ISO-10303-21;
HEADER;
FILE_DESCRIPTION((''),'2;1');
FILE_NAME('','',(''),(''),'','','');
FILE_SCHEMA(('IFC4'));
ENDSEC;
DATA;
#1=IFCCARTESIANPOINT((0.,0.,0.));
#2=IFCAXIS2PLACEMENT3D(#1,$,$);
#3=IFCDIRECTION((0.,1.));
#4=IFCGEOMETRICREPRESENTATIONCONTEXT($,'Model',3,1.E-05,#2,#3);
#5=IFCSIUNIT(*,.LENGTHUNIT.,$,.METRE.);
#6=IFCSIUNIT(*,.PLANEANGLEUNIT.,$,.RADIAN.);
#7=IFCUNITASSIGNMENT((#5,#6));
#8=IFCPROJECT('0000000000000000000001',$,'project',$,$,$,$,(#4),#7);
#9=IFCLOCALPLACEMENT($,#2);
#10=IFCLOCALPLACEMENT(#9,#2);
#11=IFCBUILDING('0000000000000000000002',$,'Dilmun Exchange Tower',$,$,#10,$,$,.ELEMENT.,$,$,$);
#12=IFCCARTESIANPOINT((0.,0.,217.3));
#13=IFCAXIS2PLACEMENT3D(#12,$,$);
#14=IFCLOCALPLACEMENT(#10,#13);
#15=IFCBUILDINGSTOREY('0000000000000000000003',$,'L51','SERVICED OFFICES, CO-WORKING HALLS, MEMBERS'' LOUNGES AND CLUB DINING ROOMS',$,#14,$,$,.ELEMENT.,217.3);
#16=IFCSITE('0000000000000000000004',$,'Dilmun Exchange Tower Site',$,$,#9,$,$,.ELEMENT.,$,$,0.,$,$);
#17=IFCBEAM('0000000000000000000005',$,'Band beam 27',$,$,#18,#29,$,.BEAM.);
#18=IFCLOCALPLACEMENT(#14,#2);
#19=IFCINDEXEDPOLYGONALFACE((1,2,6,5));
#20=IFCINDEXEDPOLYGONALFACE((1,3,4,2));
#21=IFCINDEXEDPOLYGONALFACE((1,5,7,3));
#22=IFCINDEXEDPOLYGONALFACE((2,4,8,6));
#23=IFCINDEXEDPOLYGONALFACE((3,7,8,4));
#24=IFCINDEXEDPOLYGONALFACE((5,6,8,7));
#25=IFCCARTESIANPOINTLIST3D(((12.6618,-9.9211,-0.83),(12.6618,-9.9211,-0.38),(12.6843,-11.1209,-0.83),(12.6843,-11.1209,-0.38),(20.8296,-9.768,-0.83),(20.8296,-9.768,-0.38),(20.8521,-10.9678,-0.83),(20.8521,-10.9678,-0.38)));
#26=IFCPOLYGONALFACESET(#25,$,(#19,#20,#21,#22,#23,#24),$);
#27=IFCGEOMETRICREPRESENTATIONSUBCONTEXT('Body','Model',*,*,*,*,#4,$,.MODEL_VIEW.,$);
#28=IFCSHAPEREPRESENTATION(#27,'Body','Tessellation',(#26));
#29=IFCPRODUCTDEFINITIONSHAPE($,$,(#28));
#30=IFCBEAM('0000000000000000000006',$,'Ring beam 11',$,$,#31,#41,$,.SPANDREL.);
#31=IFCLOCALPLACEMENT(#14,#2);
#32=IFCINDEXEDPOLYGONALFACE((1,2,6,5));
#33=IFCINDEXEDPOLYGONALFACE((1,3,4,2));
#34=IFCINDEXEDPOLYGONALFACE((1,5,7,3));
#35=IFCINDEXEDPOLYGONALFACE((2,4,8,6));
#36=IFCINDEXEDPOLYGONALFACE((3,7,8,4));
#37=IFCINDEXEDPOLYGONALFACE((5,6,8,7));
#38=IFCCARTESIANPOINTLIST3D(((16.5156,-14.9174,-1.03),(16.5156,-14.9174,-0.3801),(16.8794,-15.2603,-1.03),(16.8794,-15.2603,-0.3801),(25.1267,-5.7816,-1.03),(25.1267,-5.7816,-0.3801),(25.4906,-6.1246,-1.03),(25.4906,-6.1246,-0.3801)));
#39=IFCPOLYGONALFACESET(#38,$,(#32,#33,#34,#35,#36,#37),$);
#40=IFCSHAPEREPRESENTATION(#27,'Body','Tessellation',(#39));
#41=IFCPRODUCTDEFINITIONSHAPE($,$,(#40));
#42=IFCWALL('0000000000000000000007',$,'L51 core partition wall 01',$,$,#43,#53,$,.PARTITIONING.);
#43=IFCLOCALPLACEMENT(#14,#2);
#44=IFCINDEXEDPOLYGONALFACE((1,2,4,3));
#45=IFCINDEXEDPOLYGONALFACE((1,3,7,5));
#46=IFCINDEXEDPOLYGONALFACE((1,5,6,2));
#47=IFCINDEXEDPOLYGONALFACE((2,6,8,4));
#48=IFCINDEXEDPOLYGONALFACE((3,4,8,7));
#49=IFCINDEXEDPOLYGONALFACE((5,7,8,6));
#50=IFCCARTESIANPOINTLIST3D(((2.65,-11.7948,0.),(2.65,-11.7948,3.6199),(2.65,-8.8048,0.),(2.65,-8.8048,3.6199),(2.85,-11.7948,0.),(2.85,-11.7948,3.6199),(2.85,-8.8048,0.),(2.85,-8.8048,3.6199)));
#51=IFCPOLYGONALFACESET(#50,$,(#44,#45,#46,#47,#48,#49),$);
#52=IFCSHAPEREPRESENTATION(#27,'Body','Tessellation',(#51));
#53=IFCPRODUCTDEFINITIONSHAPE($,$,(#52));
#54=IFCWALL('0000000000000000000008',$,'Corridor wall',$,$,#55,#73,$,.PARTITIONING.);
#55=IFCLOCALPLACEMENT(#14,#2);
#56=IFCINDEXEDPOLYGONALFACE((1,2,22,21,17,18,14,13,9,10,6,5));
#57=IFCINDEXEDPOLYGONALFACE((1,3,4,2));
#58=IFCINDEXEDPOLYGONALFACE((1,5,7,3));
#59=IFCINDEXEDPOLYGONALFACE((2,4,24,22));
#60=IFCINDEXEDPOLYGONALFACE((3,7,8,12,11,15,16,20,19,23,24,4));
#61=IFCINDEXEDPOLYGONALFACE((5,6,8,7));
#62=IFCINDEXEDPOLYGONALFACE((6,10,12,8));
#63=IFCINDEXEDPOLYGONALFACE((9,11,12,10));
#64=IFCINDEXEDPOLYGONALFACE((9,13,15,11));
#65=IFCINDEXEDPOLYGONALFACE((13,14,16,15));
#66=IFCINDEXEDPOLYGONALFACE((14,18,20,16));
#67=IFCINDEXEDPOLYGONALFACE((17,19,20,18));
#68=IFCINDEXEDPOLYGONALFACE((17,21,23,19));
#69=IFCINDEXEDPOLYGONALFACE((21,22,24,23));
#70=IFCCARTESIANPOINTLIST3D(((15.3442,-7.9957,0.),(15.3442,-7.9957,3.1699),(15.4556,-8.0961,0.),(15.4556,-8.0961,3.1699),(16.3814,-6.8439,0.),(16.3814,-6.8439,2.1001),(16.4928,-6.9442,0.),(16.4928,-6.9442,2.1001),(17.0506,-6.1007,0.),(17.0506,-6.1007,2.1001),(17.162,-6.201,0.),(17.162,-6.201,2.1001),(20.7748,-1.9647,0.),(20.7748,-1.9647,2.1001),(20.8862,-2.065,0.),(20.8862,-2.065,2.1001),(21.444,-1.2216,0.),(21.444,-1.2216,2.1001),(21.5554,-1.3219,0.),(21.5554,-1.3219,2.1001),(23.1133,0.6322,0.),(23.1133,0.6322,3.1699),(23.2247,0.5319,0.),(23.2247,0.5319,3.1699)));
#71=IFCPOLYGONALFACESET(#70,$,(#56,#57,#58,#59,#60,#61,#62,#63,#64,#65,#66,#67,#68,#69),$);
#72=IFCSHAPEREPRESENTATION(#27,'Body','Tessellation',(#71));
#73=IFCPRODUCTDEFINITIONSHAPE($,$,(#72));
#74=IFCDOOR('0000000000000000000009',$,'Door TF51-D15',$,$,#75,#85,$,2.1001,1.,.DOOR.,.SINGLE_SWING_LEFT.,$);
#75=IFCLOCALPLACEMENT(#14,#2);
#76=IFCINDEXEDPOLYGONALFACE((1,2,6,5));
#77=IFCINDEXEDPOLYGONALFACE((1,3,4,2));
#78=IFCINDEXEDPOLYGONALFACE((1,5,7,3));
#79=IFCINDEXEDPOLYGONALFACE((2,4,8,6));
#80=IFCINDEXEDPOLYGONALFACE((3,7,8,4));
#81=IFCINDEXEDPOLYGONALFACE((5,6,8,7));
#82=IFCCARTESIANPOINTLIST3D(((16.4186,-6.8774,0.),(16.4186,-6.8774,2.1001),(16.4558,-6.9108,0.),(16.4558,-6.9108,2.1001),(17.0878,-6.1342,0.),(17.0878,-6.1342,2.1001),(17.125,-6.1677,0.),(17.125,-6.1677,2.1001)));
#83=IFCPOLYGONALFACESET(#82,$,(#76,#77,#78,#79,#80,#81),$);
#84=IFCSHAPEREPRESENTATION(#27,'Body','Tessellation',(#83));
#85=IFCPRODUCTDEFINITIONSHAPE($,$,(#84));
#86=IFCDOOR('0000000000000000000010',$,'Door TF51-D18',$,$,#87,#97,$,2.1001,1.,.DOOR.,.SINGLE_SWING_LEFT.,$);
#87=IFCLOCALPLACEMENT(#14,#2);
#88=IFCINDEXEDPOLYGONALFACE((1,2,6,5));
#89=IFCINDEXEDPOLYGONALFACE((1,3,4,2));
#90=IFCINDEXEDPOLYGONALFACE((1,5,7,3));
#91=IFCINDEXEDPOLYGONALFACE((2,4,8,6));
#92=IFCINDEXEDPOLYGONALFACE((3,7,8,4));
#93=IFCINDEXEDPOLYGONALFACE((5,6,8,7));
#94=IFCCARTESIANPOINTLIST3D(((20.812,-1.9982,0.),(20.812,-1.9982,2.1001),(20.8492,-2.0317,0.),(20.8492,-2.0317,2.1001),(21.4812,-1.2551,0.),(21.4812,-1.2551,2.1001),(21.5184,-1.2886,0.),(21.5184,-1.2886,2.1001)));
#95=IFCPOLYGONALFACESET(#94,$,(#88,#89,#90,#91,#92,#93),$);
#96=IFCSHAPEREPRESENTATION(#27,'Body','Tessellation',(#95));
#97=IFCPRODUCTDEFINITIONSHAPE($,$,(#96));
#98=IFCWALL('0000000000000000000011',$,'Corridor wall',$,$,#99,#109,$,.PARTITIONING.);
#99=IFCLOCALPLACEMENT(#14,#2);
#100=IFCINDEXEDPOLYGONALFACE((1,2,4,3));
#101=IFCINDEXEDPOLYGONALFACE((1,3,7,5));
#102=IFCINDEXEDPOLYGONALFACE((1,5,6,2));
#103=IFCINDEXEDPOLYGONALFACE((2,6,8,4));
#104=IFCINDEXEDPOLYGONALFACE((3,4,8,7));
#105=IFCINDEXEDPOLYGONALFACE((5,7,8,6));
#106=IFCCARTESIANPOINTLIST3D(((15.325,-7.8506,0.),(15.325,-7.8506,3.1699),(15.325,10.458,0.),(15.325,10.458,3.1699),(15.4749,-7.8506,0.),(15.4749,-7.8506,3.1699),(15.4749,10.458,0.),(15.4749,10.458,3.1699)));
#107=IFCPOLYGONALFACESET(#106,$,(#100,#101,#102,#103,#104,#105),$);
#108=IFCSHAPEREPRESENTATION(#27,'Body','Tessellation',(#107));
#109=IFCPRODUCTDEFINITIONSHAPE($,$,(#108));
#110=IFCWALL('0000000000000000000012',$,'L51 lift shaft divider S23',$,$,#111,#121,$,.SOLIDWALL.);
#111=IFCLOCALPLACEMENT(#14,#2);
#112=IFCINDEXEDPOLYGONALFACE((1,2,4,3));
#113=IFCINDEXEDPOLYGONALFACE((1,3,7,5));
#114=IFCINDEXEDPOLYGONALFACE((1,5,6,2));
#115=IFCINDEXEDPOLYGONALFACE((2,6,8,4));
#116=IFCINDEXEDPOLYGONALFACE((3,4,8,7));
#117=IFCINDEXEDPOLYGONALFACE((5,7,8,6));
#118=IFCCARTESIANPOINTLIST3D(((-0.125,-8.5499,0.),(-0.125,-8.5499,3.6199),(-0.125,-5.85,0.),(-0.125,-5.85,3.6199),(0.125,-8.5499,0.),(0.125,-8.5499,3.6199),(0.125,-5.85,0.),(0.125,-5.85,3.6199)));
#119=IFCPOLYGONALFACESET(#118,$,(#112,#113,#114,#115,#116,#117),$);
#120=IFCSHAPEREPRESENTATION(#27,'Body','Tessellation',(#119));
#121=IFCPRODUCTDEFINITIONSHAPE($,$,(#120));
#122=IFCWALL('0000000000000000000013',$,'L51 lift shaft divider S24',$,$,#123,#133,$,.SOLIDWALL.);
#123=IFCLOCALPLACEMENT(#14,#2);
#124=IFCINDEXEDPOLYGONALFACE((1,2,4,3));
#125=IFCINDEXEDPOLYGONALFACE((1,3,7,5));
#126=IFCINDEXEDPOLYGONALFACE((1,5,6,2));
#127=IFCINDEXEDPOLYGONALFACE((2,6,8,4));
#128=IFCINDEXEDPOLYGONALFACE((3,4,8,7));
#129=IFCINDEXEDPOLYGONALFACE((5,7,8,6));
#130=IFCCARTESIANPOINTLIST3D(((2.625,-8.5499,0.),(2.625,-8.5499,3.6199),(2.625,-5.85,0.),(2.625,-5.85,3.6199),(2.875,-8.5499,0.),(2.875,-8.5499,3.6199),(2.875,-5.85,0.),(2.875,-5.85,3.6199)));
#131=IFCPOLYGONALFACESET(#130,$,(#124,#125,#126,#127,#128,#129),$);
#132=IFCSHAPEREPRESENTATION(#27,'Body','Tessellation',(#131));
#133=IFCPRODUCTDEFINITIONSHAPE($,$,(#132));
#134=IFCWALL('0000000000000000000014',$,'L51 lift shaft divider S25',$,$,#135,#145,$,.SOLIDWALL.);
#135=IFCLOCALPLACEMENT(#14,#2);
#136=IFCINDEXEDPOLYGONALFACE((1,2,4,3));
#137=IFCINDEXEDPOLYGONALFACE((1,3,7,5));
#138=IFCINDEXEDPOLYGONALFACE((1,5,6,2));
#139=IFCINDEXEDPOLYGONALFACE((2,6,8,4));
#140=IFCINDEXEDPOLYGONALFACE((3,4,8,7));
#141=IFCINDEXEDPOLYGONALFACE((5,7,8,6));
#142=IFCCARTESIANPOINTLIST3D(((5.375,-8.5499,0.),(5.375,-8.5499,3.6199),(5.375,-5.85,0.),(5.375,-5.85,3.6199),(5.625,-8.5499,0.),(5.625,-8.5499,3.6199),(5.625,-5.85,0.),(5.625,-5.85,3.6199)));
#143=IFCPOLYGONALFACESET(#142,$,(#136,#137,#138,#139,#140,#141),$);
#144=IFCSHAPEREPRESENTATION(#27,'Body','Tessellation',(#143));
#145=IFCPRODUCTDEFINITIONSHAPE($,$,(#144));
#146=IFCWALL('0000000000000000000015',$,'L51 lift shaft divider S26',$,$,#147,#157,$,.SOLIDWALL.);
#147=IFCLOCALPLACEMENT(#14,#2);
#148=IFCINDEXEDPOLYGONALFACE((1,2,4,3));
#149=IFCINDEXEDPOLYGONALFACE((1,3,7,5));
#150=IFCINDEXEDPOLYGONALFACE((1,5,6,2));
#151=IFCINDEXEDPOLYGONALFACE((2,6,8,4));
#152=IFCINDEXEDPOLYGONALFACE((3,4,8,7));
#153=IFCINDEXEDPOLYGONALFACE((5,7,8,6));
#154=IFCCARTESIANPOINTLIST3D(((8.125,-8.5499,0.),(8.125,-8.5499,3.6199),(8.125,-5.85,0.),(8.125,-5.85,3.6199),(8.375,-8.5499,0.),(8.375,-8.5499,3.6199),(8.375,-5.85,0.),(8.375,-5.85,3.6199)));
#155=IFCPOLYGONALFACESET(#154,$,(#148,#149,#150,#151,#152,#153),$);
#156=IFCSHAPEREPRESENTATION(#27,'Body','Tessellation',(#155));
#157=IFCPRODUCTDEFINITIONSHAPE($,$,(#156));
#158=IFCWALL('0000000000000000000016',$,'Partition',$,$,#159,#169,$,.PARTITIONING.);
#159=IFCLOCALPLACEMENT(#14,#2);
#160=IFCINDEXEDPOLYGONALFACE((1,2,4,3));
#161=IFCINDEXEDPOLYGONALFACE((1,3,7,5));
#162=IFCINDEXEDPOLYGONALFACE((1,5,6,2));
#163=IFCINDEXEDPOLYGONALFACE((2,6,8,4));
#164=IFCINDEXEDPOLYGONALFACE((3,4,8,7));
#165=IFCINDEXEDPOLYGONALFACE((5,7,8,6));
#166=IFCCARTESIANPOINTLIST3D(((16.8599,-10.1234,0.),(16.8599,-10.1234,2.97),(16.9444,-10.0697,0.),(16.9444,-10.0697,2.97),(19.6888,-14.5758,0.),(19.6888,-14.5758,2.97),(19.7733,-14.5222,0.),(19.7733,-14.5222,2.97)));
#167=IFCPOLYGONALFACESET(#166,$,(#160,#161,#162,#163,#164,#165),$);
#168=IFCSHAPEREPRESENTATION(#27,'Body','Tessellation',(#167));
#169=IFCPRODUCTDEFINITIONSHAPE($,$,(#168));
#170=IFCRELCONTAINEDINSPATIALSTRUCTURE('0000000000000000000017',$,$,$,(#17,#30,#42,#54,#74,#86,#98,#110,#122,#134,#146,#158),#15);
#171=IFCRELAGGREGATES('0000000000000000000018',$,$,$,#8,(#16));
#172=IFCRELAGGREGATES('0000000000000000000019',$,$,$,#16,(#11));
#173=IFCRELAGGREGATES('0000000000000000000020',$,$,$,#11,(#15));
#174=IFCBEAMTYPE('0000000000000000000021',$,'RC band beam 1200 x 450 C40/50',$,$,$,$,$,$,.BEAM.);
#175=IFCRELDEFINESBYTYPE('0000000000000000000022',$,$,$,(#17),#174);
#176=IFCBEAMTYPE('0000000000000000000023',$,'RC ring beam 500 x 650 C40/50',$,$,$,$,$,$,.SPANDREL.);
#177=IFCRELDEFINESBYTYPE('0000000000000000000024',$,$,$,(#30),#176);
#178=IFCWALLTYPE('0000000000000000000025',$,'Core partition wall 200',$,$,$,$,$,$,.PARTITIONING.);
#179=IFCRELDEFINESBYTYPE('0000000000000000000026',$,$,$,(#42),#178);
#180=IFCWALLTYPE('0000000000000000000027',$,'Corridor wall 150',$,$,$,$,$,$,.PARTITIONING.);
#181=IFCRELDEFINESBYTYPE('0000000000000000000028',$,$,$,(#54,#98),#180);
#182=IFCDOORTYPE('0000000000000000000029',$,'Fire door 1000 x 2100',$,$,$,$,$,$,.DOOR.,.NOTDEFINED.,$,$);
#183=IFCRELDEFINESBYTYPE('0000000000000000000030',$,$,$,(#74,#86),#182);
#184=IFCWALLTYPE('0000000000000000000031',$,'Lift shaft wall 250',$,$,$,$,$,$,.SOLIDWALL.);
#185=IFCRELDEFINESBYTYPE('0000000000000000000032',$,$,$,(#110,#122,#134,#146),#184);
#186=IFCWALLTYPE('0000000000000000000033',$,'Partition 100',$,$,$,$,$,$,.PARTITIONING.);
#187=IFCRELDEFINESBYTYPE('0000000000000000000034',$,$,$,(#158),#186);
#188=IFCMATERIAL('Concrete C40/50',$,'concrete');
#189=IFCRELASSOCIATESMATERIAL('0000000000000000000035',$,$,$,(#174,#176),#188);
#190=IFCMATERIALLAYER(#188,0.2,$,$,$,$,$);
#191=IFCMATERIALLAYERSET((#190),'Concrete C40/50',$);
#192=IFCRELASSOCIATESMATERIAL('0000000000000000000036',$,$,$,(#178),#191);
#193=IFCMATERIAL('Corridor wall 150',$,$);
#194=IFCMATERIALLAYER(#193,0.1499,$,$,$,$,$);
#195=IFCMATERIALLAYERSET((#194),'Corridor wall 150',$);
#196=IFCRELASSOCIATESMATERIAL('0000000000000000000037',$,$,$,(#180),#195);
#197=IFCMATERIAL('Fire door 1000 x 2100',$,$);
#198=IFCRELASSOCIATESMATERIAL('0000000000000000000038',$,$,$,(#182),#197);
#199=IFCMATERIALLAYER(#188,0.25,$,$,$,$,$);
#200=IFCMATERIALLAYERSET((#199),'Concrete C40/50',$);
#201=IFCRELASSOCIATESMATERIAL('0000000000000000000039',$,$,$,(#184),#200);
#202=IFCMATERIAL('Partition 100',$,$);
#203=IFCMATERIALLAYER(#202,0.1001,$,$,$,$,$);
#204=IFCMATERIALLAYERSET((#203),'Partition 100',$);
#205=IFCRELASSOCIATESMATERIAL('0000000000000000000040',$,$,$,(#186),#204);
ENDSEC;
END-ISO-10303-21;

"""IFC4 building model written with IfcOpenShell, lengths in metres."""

from ifc_helpers import new_model, si_unit, direction, frame, frame_2d, origin, origin_2d, place, context, subcontext, project, spatial, rectangle, extrude, material, layer, layer_set, material_profile, profile_set, type_object, element, fill, save


model = new_model("IFC4")

# Units and contexts
model_context = context("Model", 3, precision=1e-05, world=origin(), true_north=direction((0.0, 1.0)))
body_context = subcontext(model_context, "Body", "Model", "MODEL_VIEW")
ifc_project = project(units=[si_unit("LENGTHUNIT", "METRE"), si_unit("PLANEANGLEUNIT", "RADIAN")], contexts=[model_context])

# Site, building, storey
site_placement = place(None, origin())
site = spatial("IfcSite", under=ifc_project, at=site_placement, Name="Dilmun Exchange Tower Site", CompositionType="ELEMENT", RefElevation=0.0)
building_placement = place(site_placement, origin())
building = spatial("IfcBuilding", under=site, at=building_placement, Name="Dilmun Exchange Tower", CompositionType="ELEMENT")
storey_placement = place(building_placement, frame((0.0, 0.0, 217.3)))
storey = spatial("IfcBuildingStorey", under=building, at=storey_placement, Name="L51", Description="SERVICED OFFICES, CO-WORKING HALLS, MEMBERS' LOUNGES AND CLUB DINING ROOMS", CompositionType="ELEMENT", Elevation=217.3)

# Beams
ifc_material_1 = material(Name="Concrete C40/50", Category="concrete")
ifc_material_profile_1 = material_profile(ifc_material_1, rectangle(XDim=1.2, YDim=0.45, at=origin_2d()), Name="1200 x 450")
ifc_profile_set_1 = profile_set([ifc_material_profile_1], Name="Concrete C40/50")
beam_type_1 = type_object("IfcBeamType", Name="RC band beam 1200 x 450 C40/50", PredefinedType="BEAM", material=ifc_profile_set_1)
beam_1_placement = place(storey_placement, frame((20.8408, -10.3679, -0.605), z_axis=(-0.999824, -0.018738, 0.0), x_axis=(0.018738, -0.999824, 0.0)))
element("IfcBeam", 1, at=beam_1_placement, inside=storey, type_object=beam_type_1, Name="Band beam 27", PredefinedType="BEAM", context=body_context, shape_type="SweptSolid", body=[
    extrude(rectangle(XDim=1.2, YDim=0.45, at=origin_2d()), origin(), (0.0, 0.0, 1.0), 8.1692),
])
ifc_material_profile_2 = material_profile(ifc_material_1, rectangle(XDim=0.5, YDim=0.6499, at=origin_2d()), Name="500 x 650")
ifc_profile_set_2 = profile_set([ifc_material_profile_2], Name="Concrete C40/50")
beam_type_2 = type_object("IfcBeamType", Name="RC ring beam 500 x 650 C40/50", PredefinedType="SPANDREL", material=ifc_profile_set_2)
beam_2_placement = place(storey_placement, frame((16.6975, -15.0889, -0.7051), z_axis=(0.685903, 0.727693, 0.0), x_axis=(-0.727693, 0.685903, 0.0)))
element("IfcBeam", 2, at=beam_2_placement, inside=storey, type_object=beam_type_2, Name="Ring beam 11", PredefinedType="SPANDREL", context=body_context, shape_type="SweptSolid", body=[
    extrude(rectangle(XDim=0.5, YDim=0.6499, at=origin_2d()), origin(), (0.0, 0.0, 1.0), 12.5544),
])

# Wall
ifc_layer_1 = layer(ifc_material_1, 0.2)
ifc_layer_set_1 = layer_set([ifc_layer_1], Name="Concrete C40/50")
wall_type_1 = type_object("IfcWallType", Name="Core partition wall 200", PredefinedType="PARTITIONING", material=ifc_layer_set_1)
wall_1_placement = place(storey_placement, frame((2.75, -11.7949, 0.0), z_axis=(0.0, 0.0, 1.0), x_axis=(0.0, 1.0, 0.0)))
element("IfcWall", 3, at=wall_1_placement, inside=storey, type_object=wall_type_1, Name="L51 core partition wall 01", PredefinedType="PARTITIONING", context=body_context, shape_type="SweptSolid", body=[
    extrude(rectangle(XDim=2.99, YDim=0.2, at=frame_2d((1.4951, 0.0))), origin(), (0.0, 0.0, 1.0), 3.6199),
])

# Wall, openings, doors
ifc_material_2 = material(Name="Corridor wall 150")
ifc_layer_2 = layer(ifc_material_2, 0.1499)
ifc_layer_set_2 = layer_set([ifc_layer_2], Name="Corridor wall 150")
wall_type_2 = type_object("IfcWallType", Name="Corridor wall 150", PredefinedType="PARTITIONING", material=ifc_layer_set_2)
wall_2_placement = place(storey_placement, frame((15.3999, -8.0459, 0.0), z_axis=(0.0, 0.0, 1.0), x_axis=(0.669151, 0.743127, 0.0)))
wall_2 = element("IfcWall", 4, at=wall_2_placement, inside=storey, type_object=wall_type_2, Name="Corridor wall", PredefinedType="PARTITIONING", context=body_context, shape_type="SweptSolid", body=[
    extrude(rectangle(XDim=11.6104, YDim=0.1499, at=frame_2d((5.8052, 0.0))), origin(), (0.0, 0.0, 1.0), 3.1699),
])
opening_1_placement = place(wall_2_placement, frame((1.55, 0.0, 0.0)))
opening_1 = element("IfcOpeningElement", 5, at=opening_1_placement, cuts=wall_2, PredefinedType="OPENING", context=body_context, shape_type="SweptSolid", body=[
    extrude(rectangle(XDim=1.0, YDim=2.1001, at=frame_2d((0.5, 1.05))), frame((0.0, 0.085, 0.0), z_axis=(0.0, -1.0, 0.0), x_axis=(1.0, 0.0, 0.0)), (0.0, 0.0, 1.0), 0.1699),
])
opening_2_placement = place(wall_2_placement, frame((8.1157, 0.0, 0.0)))
opening_2 = element("IfcOpeningElement", 6, at=opening_2_placement, cuts=wall_2, PredefinedType="OPENING", context=body_context, shape_type="SweptSolid", body=[
    extrude(rectangle(XDim=1.0, YDim=2.1001, at=frame_2d((0.5, 1.05))), frame((0.0, 0.085, 0.0), z_axis=(0.0, -1.0, 0.0), x_axis=(1.0, 0.0, 0.0)), (0.0, 0.0, 1.0), 0.1699),
])
ifc_material_3 = material(Name="Fire door 1000 x 2100")
door_type_1 = type_object("IfcDoorType", Name="Fire door 1000 x 2100", OperationType="NOTDEFINED", PredefinedType="DOOR", material=ifc_material_3)
door_1_placement = place(opening_1_placement, origin())
door_1 = element("IfcDoor", 7, at=door_1_placement, inside=storey, type_object=door_type_1, Name="Door TF51-D15", OperationType="SINGLE_SWING_LEFT", OverallHeight=2.1001, OverallWidth=1.0, PredefinedType="DOOR", context=body_context, shape_type="SweptSolid", body=[
    extrude(rectangle(XDim=1.0, YDim=2.1001, at=frame_2d((0.5, 1.05))), frame((0.0, 0.0249, 0.0), z_axis=(0.0, -1.0, 0.0), x_axis=(1.0, 0.0, 0.0)), (0.0, 0.0, 1.0), 0.05),
])
fill(opening_1, door_1)
door_2_placement = place(opening_2_placement, origin())
door_2 = element("IfcDoor", 8, at=door_2_placement, inside=storey, type_object=door_type_1, Name="Door TF51-D18", OperationType="SINGLE_SWING_LEFT", OverallHeight=2.1001, OverallWidth=1.0, PredefinedType="DOOR", context=body_context, shape_type="SweptSolid", body=[
    extrude(rectangle(XDim=1.0, YDim=2.1001, at=frame_2d((0.5, 1.05))), frame((0.0, 0.0249, 0.0), z_axis=(0.0, -1.0, 0.0), x_axis=(1.0, 0.0, 0.0)), (0.0, 0.0, 1.0), 0.05),
])
fill(opening_2, door_2)

# Walls
wall_3_placement = place(storey_placement, frame((15.3999, -7.8506, 0.0), z_axis=(0.0, 0.0, 1.0), x_axis=(0.0, 1.0, 0.0)))
element("IfcWall", 9, at=wall_3_placement, inside=storey, type_object=wall_type_2, Name="Corridor wall", PredefinedType="PARTITIONING", context=body_context, shape_type="SweptSolid", body=[
    extrude(rectangle(XDim=18.3086, YDim=0.1499, at=frame_2d((9.1543, 0.0))), origin(), (0.0, 0.0, 1.0), 3.1699),
])
ifc_layer_3 = layer(ifc_material_1, 0.25)
ifc_layer_set_3 = layer_set([ifc_layer_3], Name="Concrete C40/50")
wall_type_3 = type_object("IfcWallType", Name="Lift shaft wall 250", PredefinedType="SOLIDWALL", material=ifc_layer_set_3)
for number, where, z_axis, x_axis, name in (
    (10, (0.0, -8.55, 0.0), (0.0, 0.0, 1.0), (0.0, 1.0, 0.0), "L51 lift shaft divider S23"),
    (11, (2.75, -8.55, 0.0), (0.0, 0.0, 1.0), (0.0, 1.0, 0.0), "L51 lift shaft divider S24"),
    (12, (5.5, -8.55, 0.0), (0.0, 0.0, 1.0), (0.0, 1.0, 0.0), "L51 lift shaft divider S25"),
    (13, (8.25, -8.55, 0.0), (0.0, 0.0, 1.0), (0.0, 1.0, 0.0), "L51 lift shaft divider S26"),
):
    element("IfcWall", number, at=place(storey_placement, frame(where, z_axis=z_axis, x_axis=x_axis)), inside=storey, type_object=wall_type_3, Name=name, PredefinedType="SOLIDWALL", context=body_context, shape_type="SweptSolid", body=[
        extrude(rectangle(XDim=2.7, YDim=0.25, at=frame_2d((1.3501, 0.0))), origin(), (0.0, 0.0, 1.0), 3.6199),
    ])
ifc_material_4 = material(Name="Partition 100")
ifc_layer_4 = layer(ifc_material_4, 0.1001)
ifc_layer_set_4 = layer_set([ifc_layer_4], Name="Partition 100")
wall_type_4 = type_object("IfcWallType", Name="Partition 100", PredefinedType="PARTITIONING", material=ifc_layer_set_4)
wall_4_placement = place(storey_placement, frame((16.9021, -10.0964, 0.0), z_axis=(0.0, 0.0, 1.0), x_axis=(0.53627, -0.844046, 0.0)))
element("IfcWall", 14, at=wall_4_placement, inside=storey, type_object=wall_type_4, Name="Partition", PredefinedType="PARTITIONING", context=body_context, shape_type="SweptSolid", body=[
    extrude(rectangle(XDim=5.2751, YDim=0.1001, at=frame_2d((2.6377, 0.0))), origin(), (0.0, 0.0, 1.0), 2.97),
])

save(model, "model.ifc")
